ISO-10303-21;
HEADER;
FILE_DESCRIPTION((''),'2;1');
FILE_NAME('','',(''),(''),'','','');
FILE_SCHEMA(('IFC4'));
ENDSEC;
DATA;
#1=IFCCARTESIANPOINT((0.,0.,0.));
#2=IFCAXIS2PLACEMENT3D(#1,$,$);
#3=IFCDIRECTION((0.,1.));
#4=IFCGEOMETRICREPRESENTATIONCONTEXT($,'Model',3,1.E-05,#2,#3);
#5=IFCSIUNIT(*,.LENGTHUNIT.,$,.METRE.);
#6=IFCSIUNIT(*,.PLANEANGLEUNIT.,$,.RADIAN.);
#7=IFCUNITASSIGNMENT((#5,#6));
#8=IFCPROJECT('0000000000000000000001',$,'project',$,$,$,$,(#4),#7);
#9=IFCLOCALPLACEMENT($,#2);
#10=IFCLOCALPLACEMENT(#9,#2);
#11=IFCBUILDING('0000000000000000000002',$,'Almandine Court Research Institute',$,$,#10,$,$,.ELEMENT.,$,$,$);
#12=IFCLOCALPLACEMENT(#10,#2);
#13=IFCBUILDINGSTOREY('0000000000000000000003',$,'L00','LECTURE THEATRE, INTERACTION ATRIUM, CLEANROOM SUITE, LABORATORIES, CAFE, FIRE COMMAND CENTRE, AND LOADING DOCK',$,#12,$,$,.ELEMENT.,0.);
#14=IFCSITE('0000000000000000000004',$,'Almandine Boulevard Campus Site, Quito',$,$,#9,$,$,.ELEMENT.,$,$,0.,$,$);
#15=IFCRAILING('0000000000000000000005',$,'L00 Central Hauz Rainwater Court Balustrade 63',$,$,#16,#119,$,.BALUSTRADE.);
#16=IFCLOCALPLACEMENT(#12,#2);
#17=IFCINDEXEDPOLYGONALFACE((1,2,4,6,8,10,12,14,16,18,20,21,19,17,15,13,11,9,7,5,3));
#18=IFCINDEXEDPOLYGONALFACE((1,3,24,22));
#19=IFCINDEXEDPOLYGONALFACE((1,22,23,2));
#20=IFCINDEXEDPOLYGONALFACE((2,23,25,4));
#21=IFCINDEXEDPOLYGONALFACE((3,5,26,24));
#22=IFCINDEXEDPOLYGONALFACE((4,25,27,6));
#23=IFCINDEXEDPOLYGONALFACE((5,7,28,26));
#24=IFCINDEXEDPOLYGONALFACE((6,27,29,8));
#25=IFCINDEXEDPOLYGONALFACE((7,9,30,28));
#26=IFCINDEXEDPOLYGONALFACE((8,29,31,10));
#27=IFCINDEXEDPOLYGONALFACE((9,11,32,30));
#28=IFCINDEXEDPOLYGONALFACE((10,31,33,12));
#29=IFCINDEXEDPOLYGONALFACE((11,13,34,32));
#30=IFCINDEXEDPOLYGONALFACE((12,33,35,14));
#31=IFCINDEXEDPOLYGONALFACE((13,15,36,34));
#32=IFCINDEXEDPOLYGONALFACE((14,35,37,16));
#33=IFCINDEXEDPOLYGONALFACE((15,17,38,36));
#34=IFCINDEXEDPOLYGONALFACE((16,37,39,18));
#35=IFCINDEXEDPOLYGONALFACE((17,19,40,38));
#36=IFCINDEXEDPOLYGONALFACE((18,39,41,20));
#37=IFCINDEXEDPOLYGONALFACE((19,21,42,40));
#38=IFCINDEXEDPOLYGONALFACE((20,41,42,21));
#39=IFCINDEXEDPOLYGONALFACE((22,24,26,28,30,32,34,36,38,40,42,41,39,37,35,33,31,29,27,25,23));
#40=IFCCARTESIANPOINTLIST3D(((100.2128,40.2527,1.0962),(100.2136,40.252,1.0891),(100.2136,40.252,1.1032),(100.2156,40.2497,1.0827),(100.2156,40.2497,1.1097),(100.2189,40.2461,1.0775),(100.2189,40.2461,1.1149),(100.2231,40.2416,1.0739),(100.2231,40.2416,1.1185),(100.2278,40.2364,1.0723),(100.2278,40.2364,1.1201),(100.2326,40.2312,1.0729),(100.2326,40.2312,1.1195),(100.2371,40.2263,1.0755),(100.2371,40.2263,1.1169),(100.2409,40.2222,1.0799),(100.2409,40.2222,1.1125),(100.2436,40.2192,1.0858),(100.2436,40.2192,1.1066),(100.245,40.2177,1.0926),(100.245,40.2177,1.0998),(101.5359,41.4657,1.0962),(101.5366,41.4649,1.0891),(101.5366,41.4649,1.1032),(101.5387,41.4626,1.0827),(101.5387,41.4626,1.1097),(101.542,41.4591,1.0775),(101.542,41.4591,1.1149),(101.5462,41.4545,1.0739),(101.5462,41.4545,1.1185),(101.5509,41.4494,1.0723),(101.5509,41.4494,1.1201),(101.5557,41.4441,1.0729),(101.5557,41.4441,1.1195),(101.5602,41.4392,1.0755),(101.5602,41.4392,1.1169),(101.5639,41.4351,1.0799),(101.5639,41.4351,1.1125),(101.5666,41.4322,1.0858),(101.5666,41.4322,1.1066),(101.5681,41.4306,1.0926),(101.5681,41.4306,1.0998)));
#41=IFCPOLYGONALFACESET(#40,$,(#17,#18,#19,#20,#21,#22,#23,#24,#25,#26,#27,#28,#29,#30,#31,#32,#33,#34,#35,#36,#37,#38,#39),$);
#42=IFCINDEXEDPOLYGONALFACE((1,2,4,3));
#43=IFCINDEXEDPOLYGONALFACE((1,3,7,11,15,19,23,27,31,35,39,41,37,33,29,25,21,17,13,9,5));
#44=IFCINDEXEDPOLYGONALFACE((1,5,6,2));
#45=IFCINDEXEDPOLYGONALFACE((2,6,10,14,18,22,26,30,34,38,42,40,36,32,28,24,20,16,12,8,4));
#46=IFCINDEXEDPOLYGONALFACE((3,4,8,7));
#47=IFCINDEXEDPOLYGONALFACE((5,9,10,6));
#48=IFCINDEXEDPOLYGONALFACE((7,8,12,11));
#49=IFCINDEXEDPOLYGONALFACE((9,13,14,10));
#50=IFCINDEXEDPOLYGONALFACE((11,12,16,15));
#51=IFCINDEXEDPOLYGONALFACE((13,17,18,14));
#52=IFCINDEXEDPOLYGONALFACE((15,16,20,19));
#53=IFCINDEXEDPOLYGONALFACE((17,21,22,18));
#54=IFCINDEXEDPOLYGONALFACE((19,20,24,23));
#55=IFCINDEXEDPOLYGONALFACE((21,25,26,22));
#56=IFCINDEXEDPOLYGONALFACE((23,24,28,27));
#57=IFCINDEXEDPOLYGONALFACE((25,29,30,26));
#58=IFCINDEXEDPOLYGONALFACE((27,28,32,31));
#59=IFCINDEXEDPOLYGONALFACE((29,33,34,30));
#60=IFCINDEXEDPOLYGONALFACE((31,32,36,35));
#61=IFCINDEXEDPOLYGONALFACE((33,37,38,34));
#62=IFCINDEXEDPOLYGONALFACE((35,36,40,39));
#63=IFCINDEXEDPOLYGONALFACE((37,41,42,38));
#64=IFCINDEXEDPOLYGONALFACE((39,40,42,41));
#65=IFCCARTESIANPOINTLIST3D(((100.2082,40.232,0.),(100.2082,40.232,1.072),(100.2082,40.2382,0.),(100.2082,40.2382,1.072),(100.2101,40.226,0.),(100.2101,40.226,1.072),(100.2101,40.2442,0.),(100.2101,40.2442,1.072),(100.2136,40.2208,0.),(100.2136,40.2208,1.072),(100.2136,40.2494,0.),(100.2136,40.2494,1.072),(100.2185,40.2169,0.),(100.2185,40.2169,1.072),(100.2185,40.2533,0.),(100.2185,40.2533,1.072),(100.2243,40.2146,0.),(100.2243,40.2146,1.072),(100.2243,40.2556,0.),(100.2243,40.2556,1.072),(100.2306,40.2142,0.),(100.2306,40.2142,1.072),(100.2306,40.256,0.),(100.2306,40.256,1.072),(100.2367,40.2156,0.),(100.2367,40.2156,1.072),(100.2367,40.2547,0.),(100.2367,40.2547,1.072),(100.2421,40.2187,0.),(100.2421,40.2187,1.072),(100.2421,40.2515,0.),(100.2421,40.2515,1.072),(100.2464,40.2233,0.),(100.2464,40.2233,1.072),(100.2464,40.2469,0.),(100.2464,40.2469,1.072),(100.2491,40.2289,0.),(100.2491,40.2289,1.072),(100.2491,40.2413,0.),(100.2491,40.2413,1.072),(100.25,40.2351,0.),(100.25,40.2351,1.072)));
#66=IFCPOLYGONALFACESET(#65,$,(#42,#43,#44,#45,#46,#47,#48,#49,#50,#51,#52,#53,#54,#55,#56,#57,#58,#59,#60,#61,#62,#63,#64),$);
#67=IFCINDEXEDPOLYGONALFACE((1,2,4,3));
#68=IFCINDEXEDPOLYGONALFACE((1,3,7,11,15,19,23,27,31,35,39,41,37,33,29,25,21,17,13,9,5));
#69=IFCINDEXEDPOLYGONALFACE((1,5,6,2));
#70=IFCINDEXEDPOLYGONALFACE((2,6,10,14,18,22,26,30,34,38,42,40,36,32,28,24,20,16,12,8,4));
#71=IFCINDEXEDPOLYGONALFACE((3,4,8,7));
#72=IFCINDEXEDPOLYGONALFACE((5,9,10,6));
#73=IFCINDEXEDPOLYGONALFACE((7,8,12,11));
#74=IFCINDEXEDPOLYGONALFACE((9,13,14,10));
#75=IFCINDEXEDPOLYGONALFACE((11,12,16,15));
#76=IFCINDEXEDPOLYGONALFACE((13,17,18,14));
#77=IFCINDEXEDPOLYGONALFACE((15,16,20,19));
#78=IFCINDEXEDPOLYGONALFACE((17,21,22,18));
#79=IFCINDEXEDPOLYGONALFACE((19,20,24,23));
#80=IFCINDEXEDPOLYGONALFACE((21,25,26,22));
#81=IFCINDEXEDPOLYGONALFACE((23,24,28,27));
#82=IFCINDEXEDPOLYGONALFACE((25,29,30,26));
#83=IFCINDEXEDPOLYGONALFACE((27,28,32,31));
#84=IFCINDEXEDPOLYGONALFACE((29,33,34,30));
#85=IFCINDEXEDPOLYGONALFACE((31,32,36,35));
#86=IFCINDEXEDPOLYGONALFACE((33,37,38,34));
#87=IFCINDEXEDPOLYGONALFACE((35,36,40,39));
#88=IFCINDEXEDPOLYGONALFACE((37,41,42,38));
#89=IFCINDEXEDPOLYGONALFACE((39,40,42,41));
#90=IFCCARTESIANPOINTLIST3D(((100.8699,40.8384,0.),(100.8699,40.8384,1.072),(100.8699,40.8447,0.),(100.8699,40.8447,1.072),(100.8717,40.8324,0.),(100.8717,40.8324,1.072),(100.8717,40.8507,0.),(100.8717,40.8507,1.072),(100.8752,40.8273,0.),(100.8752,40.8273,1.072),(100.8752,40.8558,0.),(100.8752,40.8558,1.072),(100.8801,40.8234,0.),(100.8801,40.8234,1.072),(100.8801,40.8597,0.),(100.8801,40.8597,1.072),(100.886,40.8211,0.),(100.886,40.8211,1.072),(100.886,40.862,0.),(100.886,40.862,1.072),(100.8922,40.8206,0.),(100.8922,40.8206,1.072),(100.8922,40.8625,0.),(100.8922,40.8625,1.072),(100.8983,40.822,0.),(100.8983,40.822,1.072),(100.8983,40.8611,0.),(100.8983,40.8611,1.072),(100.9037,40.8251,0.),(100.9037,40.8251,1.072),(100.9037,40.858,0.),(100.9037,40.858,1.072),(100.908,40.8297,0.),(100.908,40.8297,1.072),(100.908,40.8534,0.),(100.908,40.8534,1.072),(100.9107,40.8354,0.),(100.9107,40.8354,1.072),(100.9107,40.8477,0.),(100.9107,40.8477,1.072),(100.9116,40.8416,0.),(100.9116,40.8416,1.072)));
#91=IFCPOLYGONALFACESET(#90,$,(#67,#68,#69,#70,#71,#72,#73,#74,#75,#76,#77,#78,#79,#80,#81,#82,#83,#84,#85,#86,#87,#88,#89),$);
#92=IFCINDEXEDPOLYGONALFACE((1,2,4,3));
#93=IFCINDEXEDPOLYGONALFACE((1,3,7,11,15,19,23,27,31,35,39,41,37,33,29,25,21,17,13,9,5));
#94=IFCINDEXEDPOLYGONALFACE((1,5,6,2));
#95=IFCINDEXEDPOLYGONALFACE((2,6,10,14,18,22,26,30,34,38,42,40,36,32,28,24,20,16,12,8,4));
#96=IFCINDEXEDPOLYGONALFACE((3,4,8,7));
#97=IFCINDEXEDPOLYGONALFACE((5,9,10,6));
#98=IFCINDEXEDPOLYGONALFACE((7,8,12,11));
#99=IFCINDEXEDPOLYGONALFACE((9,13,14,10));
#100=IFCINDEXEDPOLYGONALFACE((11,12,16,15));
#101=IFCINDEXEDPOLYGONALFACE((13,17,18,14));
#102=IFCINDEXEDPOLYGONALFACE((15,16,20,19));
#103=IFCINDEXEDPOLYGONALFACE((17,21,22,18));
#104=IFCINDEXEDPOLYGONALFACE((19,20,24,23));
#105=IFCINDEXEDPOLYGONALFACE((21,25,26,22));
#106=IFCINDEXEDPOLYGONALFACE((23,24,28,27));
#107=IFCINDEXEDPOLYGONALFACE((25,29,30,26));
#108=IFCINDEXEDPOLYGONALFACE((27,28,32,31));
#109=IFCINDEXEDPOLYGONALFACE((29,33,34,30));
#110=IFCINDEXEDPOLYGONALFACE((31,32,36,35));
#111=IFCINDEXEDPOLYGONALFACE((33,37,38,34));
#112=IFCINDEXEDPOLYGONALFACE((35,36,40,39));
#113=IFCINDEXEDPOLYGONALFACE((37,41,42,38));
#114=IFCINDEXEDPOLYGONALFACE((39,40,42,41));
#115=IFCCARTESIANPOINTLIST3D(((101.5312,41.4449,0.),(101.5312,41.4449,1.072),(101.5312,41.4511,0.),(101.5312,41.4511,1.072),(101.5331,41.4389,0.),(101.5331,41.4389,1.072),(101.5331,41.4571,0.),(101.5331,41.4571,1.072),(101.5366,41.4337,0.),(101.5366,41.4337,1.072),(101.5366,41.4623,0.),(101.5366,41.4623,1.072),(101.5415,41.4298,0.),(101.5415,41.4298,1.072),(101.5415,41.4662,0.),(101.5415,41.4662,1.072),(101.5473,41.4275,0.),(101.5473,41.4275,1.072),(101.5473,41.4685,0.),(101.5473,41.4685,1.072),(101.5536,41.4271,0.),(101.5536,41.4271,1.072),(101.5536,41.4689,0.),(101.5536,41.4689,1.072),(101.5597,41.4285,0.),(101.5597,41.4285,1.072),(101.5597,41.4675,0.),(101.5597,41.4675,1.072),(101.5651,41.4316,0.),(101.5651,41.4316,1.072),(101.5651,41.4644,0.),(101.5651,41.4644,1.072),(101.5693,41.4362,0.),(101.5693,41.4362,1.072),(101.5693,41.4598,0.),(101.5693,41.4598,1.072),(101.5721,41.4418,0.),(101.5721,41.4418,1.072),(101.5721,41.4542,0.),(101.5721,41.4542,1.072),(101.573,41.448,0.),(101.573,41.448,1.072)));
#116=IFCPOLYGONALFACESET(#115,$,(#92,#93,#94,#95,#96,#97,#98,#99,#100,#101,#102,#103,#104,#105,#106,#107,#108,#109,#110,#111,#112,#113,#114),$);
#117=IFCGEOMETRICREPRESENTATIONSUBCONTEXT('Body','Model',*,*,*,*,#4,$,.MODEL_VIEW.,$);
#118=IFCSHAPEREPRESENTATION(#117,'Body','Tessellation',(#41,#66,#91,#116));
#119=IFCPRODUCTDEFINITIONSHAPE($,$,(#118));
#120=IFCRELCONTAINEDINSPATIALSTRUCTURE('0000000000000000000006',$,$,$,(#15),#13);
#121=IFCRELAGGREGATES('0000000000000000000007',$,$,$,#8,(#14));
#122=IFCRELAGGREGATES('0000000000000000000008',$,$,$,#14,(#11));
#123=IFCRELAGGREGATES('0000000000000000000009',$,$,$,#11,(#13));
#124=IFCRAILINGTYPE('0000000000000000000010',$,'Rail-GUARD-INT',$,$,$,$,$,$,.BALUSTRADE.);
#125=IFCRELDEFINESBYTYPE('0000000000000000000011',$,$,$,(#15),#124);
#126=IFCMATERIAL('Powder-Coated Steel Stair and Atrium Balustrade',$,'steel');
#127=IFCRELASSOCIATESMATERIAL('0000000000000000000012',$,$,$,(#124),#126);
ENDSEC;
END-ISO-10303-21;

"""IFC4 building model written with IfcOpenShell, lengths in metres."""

from ifc_helpers import new_model, si_unit, direction, frame, origin, origin_2d, place, context, subcontext, project, spatial, circle, extrude, material, type_object, element, save


model = new_model("IFC4")

# Units and contexts
model_context = context("Model", 3, precision=1e-05, world=origin(), true_north=direction((0.0, 1.0)))
body_context = subcontext(model_context, "Body", "Model", "MODEL_VIEW")
ifc_project = project(units=[si_unit("LENGTHUNIT", "METRE"), si_unit("PLANEANGLEUNIT", "RADIAN")], contexts=[model_context])

# Site, building, storey
site_placement = place(None, origin())
site = spatial("IfcSite", under=ifc_project, at=site_placement, Name="Almandine Boulevard Campus Site, Quito", CompositionType="ELEMENT", RefElevation=0.0)
building_placement = place(site_placement, origin())
building = spatial("IfcBuilding", under=site, at=building_placement, Name="Almandine Court Research Institute", CompositionType="ELEMENT")
storey_placement = place(building_placement, origin())
storey = spatial("IfcBuildingStorey", under=building, at=storey_placement, Name="L00", Description="LECTURE THEATRE, INTERACTION ATRIUM, CLEANROOM SUITE, LABORATORIES, CAFE, FIRE COMMAND CENTRE, AND LOADING DOCK", CompositionType="ELEMENT", Elevation=0.0)

# Railing
ifc_material_1 = material(Name="Powder-Coated Steel Stair and Atrium Balustrade", Category="steel")
railing_type = type_object("IfcRailingType", Name="Rail-GUARD-INT", PredefinedType="BALUSTRADE", material=ifc_material_1)
railing_1_placement = place(storey_placement, frame((100.229, 40.2351, 0.0)))
element("IfcRailing", 1, at=railing_1_placement, inside=storey, type_object=railing_type, Name="L00 Central Hauz Rainwater Court Balustrade 63", PredefinedType="BALUSTRADE", context=body_context, shape_type="SweptSolid", body=[
    extrude(circle(Radius=0.0239, at=origin_2d()), frame((0.0, 0.0, 1.0962), z_axis=(0.737115, 0.675768, 0.0), x_axis=(-0.675768, 0.737115, 0.0)), (0.0, 0.0, 1.0), 1.7949),
    extrude(circle(Radius=0.021, at=origin_2d()), origin(), (0.0, 0.0, 1.0), 1.072),
    extrude(circle(Radius=0.021, at=origin_2d()), frame((0.6616, 0.6064, 0.0)), (0.0, 0.0, 1.0), 1.072),
    extrude(circle(Radius=0.021, at=origin_2d()), frame((1.323, 1.2129, 0.0)), (0.0, 0.0, 1.0), 1.072),
])

save(model, "model.ifc")
